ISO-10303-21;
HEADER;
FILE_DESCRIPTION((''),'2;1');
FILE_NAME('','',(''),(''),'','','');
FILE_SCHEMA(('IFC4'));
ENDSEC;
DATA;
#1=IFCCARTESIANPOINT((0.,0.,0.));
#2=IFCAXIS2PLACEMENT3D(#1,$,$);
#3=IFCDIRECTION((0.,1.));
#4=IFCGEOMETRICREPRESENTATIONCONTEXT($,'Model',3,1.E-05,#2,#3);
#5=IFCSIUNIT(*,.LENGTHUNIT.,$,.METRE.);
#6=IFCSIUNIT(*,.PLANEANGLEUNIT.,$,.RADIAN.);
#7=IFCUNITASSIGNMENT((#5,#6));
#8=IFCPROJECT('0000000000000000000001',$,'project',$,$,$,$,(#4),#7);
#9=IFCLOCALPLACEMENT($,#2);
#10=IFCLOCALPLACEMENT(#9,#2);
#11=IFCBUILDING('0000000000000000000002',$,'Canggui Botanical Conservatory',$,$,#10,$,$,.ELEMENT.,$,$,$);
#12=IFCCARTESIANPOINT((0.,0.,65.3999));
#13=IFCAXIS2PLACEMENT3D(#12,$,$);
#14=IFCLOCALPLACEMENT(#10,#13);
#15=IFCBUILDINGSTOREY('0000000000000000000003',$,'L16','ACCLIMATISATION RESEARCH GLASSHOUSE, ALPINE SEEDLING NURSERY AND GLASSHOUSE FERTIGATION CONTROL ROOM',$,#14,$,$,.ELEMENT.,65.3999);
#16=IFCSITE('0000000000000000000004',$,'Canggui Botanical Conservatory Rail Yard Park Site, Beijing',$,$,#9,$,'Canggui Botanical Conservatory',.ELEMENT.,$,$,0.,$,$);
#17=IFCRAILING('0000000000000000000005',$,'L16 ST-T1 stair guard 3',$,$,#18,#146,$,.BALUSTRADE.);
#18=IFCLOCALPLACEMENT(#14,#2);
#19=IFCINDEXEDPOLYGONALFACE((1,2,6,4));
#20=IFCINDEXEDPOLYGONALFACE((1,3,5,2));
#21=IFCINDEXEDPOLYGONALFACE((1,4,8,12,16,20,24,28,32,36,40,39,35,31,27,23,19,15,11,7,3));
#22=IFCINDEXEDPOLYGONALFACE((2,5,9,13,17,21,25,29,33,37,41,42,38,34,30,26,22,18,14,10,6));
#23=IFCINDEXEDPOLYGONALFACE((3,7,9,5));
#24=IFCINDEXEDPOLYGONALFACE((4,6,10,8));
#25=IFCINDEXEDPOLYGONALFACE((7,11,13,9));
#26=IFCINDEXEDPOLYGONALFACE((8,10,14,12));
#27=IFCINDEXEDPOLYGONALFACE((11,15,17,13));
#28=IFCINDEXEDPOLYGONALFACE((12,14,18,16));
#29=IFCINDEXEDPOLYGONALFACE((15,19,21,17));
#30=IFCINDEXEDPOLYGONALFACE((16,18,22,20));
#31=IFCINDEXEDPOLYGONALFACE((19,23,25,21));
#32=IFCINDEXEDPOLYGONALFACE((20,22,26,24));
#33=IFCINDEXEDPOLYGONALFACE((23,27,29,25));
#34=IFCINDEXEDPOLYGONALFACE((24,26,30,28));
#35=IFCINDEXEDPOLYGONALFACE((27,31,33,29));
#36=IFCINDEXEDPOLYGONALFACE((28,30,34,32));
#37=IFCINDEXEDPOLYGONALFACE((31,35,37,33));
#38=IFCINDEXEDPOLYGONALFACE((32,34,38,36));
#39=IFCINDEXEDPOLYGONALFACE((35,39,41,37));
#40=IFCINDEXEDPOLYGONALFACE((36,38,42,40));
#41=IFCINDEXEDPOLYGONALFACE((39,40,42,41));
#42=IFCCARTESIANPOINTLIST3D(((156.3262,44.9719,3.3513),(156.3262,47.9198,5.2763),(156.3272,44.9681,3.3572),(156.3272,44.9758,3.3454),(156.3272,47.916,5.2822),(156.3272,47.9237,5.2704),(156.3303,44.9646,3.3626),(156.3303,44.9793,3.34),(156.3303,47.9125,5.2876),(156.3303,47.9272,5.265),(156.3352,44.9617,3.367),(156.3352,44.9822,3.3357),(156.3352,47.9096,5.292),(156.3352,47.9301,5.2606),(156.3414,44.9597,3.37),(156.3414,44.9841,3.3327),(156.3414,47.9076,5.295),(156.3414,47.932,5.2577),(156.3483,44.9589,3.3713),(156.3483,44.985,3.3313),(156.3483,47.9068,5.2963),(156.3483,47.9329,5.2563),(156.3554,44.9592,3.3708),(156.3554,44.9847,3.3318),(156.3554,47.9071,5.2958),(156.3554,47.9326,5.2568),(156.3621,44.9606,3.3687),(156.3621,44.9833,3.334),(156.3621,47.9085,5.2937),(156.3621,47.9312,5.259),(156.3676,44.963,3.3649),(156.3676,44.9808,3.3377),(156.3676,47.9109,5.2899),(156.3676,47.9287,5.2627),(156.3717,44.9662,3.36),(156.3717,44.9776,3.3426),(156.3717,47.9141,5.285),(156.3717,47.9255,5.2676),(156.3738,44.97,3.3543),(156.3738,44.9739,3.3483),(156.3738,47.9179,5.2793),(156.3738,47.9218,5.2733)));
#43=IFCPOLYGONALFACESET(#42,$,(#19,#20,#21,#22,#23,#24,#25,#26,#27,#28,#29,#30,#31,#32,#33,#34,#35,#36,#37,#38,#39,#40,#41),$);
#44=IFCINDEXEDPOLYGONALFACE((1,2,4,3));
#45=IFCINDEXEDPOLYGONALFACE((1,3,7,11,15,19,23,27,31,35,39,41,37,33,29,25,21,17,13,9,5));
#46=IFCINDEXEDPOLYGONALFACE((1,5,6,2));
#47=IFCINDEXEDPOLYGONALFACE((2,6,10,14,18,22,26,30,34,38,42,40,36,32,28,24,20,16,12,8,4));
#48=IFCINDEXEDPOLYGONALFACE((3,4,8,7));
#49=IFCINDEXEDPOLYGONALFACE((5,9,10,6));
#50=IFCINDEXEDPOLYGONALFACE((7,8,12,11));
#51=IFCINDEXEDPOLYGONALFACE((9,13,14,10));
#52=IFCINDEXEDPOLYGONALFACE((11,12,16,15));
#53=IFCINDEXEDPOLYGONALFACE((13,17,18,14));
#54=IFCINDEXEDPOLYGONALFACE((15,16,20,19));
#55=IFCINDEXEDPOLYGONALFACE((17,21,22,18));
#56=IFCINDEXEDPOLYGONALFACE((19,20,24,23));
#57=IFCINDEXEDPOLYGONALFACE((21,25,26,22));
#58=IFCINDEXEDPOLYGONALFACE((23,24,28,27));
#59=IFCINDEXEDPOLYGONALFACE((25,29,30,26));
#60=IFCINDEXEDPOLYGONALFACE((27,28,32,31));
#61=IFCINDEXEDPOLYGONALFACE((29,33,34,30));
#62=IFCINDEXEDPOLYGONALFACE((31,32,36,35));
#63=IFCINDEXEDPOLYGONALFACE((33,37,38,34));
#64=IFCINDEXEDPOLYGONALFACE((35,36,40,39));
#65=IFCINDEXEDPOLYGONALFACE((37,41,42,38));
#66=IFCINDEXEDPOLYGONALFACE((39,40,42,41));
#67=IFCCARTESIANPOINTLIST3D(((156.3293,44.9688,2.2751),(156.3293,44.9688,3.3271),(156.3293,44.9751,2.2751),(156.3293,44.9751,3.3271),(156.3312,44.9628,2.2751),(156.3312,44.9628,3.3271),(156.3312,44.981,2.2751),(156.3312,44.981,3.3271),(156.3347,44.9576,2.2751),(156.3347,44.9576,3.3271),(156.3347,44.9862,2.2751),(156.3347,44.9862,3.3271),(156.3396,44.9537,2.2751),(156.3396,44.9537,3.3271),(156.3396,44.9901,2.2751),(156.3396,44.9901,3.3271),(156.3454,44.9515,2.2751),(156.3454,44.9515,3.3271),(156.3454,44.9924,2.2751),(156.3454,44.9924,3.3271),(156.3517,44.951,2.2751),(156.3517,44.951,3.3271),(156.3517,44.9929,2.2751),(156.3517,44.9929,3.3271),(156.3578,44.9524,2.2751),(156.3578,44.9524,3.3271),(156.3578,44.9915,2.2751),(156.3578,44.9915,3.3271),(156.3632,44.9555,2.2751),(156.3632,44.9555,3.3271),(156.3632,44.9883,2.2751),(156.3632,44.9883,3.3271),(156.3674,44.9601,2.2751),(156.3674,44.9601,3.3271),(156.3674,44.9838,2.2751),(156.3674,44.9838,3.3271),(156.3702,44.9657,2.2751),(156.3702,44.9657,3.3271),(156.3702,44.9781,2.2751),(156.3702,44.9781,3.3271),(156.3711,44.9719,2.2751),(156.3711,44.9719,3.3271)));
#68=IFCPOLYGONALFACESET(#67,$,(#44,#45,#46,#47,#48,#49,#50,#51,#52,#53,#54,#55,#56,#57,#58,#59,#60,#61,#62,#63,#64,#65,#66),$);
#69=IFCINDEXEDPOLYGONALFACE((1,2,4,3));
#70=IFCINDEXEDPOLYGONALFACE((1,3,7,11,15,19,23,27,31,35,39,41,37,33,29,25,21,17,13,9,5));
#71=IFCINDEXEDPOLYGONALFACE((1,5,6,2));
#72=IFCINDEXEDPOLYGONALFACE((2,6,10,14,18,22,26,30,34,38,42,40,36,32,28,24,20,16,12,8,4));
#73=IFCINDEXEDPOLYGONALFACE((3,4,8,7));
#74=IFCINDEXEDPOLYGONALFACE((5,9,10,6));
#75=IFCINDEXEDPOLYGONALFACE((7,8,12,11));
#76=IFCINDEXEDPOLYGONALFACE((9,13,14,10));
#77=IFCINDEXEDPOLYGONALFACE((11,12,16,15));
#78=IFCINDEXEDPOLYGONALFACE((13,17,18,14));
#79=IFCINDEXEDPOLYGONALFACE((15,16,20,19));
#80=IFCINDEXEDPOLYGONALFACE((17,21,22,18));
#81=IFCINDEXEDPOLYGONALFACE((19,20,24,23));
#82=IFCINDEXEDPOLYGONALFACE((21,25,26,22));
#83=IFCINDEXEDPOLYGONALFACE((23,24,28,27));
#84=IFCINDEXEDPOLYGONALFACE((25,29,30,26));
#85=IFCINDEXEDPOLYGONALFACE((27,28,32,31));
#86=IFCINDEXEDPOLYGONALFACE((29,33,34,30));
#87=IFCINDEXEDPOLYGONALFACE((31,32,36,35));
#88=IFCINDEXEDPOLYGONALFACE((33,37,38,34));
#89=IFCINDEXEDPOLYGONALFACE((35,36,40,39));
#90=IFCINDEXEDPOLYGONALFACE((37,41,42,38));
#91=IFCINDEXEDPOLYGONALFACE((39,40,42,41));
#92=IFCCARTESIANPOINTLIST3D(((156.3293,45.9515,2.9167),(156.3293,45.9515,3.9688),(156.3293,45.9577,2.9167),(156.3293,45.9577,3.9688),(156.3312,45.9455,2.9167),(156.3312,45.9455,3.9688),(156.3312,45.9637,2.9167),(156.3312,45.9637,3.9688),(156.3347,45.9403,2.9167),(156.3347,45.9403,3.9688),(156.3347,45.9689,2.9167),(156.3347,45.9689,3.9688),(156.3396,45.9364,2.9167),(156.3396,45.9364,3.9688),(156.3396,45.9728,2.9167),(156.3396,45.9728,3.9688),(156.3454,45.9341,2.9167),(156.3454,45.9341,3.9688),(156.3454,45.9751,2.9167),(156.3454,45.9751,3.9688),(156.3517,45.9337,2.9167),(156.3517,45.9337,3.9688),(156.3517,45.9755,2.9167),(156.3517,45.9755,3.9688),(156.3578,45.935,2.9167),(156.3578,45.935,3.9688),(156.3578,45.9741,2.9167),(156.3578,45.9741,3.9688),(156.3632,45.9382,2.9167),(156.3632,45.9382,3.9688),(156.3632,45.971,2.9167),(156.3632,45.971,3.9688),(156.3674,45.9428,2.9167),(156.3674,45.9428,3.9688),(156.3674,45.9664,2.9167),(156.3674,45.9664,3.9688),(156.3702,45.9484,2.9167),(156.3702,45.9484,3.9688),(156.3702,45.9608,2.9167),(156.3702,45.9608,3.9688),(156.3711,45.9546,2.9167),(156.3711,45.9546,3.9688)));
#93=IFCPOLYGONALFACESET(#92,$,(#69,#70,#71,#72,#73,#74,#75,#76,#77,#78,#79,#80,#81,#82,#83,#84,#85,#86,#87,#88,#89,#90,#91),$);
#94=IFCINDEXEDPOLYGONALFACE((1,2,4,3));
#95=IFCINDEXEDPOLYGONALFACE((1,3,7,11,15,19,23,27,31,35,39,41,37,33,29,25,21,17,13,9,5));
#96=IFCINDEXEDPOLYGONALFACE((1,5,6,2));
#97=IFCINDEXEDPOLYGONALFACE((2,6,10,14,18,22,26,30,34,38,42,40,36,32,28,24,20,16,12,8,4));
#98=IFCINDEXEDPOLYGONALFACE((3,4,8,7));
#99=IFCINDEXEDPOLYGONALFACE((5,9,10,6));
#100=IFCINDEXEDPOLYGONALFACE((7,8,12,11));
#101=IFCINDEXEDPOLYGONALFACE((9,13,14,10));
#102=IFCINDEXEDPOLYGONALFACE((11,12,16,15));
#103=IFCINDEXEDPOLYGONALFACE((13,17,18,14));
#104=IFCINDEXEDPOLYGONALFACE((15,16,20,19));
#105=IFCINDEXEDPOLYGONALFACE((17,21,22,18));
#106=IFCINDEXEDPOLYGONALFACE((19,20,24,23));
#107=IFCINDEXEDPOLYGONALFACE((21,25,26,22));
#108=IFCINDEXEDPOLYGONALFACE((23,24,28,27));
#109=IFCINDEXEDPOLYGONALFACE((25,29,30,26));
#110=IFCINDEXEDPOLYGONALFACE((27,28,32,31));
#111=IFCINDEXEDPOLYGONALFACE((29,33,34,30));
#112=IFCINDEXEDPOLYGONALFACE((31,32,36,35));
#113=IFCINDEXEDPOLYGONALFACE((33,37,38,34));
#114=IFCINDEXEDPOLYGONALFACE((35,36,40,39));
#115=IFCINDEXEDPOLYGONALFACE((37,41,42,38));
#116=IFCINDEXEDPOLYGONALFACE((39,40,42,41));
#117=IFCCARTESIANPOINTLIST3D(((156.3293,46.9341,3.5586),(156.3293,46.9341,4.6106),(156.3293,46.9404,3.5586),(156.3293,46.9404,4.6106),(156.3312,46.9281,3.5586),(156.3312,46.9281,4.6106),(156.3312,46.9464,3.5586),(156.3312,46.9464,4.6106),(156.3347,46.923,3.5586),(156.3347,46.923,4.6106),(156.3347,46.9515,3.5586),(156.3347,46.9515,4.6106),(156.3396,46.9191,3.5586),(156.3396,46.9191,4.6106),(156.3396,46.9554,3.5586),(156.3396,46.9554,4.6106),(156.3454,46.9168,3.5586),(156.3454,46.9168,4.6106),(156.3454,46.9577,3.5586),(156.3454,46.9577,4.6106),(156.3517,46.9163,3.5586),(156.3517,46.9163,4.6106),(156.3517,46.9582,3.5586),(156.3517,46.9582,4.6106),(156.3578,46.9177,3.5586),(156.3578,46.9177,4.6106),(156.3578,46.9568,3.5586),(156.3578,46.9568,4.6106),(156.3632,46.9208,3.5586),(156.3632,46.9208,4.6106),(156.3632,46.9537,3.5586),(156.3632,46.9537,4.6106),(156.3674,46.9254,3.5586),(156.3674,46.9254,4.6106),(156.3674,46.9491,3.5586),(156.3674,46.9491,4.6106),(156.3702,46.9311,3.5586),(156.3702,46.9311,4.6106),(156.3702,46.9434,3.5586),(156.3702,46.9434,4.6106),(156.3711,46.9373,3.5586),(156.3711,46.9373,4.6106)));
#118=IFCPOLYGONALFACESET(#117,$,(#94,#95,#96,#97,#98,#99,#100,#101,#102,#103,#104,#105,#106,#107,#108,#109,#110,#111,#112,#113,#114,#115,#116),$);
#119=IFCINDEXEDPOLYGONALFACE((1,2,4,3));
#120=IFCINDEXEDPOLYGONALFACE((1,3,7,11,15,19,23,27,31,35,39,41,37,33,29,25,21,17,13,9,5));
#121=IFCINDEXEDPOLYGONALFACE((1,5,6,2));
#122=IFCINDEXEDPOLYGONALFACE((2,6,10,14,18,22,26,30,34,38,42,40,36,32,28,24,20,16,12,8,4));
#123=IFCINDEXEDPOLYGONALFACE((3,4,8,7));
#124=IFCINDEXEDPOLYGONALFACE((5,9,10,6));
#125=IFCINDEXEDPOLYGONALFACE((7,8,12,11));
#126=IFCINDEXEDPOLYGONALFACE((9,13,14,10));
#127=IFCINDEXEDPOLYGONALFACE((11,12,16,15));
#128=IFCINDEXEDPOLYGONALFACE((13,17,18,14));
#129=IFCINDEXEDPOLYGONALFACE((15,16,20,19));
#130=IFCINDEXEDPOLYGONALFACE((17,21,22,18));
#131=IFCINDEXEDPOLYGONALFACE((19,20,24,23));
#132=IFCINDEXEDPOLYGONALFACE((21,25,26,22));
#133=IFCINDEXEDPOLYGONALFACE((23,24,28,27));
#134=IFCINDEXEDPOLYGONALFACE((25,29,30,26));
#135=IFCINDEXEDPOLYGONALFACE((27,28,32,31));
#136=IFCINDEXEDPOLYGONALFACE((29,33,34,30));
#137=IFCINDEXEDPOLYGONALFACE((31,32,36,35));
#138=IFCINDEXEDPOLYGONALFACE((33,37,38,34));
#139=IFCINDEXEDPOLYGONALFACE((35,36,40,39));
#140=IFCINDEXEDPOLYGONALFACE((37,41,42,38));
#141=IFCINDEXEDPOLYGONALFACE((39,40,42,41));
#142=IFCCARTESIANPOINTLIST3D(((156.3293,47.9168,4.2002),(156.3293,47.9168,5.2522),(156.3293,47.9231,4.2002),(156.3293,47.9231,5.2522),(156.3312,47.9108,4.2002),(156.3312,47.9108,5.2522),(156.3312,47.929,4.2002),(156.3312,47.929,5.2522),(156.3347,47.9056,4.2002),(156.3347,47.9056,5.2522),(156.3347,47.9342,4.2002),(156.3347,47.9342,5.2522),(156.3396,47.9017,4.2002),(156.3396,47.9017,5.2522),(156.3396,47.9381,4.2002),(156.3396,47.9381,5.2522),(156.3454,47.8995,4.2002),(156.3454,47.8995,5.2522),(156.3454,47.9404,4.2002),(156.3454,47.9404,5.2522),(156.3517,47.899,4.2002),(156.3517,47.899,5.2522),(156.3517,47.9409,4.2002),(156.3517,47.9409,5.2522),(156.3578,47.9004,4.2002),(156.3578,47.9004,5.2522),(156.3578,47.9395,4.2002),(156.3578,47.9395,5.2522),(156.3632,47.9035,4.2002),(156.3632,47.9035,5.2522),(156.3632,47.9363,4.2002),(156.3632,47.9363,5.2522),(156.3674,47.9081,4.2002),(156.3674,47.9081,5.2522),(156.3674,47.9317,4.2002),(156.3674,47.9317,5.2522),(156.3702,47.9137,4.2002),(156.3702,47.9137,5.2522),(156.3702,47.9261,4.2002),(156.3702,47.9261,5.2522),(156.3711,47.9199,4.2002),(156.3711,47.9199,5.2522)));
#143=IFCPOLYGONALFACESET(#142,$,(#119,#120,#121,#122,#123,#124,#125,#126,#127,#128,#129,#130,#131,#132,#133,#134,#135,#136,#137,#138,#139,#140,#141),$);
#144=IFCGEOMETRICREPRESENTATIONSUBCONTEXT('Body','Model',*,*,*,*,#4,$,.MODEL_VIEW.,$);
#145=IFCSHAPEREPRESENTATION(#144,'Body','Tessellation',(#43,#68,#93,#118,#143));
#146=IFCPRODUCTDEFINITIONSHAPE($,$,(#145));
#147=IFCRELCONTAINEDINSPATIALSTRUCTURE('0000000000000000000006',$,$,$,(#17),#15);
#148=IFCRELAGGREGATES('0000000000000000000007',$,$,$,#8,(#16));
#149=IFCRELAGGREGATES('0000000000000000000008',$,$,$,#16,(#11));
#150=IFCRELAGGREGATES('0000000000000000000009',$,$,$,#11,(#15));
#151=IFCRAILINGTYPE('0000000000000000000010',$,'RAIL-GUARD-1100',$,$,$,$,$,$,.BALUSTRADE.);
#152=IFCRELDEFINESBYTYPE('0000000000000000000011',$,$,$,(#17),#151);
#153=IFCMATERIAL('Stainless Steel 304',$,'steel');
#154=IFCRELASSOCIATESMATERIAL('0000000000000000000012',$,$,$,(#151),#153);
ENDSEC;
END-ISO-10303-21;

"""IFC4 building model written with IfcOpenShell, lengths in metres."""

from ifc_helpers import new_model, si_unit, direction, frame, origin, origin_2d, place, context, subcontext, project, spatial, circle, extrude, material, type_object, element, save


model = new_model("IFC4")

# Units and contexts
model_context = context("Model", 3, precision=1e-05, world=origin(), true_north=direction((0.0, 1.0)))
body_context = subcontext(model_context, "Body", "Model", "MODEL_VIEW")
ifc_project = project(units=[si_unit("LENGTHUNIT", "METRE"), si_unit("PLANEANGLEUNIT", "RADIAN")], contexts=[model_context])

# Site, building, storey
site_placement = place(None, origin())
site = spatial("IfcSite", under=ifc_project, at=site_placement, Name="Canggui Botanical Conservatory Rail Yard Park Site, Beijing", LongName="Canggui Botanical Conservatory", CompositionType="ELEMENT", RefElevation=0.0)
building_placement = place(site_placement, origin())
building = spatial("IfcBuilding", under=site, at=building_placement, Name="Canggui Botanical Conservatory", CompositionType="ELEMENT")
storey_placement = place(building_placement, frame((0.0, 0.0, 65.3999)))
storey = spatial("IfcBuildingStorey", under=building, at=storey_placement, Name="L16", Description="ACCLIMATISATION RESEARCH GLASSHOUSE, ALPINE SEEDLING NURSERY AND GLASSHOUSE FERTIGATION CONTROL ROOM", CompositionType="ELEMENT", Elevation=65.3999)

# Shared definitions
ifc_material_1 = material(Name="Stainless Steel 304", Category="steel")

# Railing
railing_type_1 = type_object("IfcRailingType", Name="RAIL-GUARD-1100", PredefinedType="BALUSTRADE", material=ifc_material_1)
railing_1_placement = place(storey_placement, frame((156.3501, 44.9719, 2.2751)))
element("IfcRailing", 1, at=railing_1_placement, inside=storey, type_object=railing_type_1, Name="L16 ST-T1 stair guard 3", PredefinedType="BALUSTRADE", context=body_context, shape_type="SweptSolid", body=[
    extrude(circle(Radius=0.0239, at=origin_2d()), frame((0.0, 0.0, 1.0762), z_axis=(0.0, 0.837293, 0.546754), x_axis=(-1.0, 0.0, 0.0)), (0.0, 0.0, 1.0), 3.5208),
    extrude(circle(Radius=0.021, at=origin_2d()), origin(), (0.0, 0.0, 1.0), 1.052),
    extrude(circle(Radius=0.021, at=origin_2d()), frame((0.0, 0.9827, 0.6416)), (0.0, 0.0, 1.0), 1.052),
    extrude(circle(Radius=0.021, at=origin_2d()), frame((0.0, 1.9653, 1.2834)), (0.0, 0.0, 1.0), 1.052),
    extrude(circle(Radius=0.021, at=origin_2d()), frame((0.0, 2.948, 1.925)), (0.0, 0.0, 1.0), 1.052),
])

save(model, "model.ifc")
